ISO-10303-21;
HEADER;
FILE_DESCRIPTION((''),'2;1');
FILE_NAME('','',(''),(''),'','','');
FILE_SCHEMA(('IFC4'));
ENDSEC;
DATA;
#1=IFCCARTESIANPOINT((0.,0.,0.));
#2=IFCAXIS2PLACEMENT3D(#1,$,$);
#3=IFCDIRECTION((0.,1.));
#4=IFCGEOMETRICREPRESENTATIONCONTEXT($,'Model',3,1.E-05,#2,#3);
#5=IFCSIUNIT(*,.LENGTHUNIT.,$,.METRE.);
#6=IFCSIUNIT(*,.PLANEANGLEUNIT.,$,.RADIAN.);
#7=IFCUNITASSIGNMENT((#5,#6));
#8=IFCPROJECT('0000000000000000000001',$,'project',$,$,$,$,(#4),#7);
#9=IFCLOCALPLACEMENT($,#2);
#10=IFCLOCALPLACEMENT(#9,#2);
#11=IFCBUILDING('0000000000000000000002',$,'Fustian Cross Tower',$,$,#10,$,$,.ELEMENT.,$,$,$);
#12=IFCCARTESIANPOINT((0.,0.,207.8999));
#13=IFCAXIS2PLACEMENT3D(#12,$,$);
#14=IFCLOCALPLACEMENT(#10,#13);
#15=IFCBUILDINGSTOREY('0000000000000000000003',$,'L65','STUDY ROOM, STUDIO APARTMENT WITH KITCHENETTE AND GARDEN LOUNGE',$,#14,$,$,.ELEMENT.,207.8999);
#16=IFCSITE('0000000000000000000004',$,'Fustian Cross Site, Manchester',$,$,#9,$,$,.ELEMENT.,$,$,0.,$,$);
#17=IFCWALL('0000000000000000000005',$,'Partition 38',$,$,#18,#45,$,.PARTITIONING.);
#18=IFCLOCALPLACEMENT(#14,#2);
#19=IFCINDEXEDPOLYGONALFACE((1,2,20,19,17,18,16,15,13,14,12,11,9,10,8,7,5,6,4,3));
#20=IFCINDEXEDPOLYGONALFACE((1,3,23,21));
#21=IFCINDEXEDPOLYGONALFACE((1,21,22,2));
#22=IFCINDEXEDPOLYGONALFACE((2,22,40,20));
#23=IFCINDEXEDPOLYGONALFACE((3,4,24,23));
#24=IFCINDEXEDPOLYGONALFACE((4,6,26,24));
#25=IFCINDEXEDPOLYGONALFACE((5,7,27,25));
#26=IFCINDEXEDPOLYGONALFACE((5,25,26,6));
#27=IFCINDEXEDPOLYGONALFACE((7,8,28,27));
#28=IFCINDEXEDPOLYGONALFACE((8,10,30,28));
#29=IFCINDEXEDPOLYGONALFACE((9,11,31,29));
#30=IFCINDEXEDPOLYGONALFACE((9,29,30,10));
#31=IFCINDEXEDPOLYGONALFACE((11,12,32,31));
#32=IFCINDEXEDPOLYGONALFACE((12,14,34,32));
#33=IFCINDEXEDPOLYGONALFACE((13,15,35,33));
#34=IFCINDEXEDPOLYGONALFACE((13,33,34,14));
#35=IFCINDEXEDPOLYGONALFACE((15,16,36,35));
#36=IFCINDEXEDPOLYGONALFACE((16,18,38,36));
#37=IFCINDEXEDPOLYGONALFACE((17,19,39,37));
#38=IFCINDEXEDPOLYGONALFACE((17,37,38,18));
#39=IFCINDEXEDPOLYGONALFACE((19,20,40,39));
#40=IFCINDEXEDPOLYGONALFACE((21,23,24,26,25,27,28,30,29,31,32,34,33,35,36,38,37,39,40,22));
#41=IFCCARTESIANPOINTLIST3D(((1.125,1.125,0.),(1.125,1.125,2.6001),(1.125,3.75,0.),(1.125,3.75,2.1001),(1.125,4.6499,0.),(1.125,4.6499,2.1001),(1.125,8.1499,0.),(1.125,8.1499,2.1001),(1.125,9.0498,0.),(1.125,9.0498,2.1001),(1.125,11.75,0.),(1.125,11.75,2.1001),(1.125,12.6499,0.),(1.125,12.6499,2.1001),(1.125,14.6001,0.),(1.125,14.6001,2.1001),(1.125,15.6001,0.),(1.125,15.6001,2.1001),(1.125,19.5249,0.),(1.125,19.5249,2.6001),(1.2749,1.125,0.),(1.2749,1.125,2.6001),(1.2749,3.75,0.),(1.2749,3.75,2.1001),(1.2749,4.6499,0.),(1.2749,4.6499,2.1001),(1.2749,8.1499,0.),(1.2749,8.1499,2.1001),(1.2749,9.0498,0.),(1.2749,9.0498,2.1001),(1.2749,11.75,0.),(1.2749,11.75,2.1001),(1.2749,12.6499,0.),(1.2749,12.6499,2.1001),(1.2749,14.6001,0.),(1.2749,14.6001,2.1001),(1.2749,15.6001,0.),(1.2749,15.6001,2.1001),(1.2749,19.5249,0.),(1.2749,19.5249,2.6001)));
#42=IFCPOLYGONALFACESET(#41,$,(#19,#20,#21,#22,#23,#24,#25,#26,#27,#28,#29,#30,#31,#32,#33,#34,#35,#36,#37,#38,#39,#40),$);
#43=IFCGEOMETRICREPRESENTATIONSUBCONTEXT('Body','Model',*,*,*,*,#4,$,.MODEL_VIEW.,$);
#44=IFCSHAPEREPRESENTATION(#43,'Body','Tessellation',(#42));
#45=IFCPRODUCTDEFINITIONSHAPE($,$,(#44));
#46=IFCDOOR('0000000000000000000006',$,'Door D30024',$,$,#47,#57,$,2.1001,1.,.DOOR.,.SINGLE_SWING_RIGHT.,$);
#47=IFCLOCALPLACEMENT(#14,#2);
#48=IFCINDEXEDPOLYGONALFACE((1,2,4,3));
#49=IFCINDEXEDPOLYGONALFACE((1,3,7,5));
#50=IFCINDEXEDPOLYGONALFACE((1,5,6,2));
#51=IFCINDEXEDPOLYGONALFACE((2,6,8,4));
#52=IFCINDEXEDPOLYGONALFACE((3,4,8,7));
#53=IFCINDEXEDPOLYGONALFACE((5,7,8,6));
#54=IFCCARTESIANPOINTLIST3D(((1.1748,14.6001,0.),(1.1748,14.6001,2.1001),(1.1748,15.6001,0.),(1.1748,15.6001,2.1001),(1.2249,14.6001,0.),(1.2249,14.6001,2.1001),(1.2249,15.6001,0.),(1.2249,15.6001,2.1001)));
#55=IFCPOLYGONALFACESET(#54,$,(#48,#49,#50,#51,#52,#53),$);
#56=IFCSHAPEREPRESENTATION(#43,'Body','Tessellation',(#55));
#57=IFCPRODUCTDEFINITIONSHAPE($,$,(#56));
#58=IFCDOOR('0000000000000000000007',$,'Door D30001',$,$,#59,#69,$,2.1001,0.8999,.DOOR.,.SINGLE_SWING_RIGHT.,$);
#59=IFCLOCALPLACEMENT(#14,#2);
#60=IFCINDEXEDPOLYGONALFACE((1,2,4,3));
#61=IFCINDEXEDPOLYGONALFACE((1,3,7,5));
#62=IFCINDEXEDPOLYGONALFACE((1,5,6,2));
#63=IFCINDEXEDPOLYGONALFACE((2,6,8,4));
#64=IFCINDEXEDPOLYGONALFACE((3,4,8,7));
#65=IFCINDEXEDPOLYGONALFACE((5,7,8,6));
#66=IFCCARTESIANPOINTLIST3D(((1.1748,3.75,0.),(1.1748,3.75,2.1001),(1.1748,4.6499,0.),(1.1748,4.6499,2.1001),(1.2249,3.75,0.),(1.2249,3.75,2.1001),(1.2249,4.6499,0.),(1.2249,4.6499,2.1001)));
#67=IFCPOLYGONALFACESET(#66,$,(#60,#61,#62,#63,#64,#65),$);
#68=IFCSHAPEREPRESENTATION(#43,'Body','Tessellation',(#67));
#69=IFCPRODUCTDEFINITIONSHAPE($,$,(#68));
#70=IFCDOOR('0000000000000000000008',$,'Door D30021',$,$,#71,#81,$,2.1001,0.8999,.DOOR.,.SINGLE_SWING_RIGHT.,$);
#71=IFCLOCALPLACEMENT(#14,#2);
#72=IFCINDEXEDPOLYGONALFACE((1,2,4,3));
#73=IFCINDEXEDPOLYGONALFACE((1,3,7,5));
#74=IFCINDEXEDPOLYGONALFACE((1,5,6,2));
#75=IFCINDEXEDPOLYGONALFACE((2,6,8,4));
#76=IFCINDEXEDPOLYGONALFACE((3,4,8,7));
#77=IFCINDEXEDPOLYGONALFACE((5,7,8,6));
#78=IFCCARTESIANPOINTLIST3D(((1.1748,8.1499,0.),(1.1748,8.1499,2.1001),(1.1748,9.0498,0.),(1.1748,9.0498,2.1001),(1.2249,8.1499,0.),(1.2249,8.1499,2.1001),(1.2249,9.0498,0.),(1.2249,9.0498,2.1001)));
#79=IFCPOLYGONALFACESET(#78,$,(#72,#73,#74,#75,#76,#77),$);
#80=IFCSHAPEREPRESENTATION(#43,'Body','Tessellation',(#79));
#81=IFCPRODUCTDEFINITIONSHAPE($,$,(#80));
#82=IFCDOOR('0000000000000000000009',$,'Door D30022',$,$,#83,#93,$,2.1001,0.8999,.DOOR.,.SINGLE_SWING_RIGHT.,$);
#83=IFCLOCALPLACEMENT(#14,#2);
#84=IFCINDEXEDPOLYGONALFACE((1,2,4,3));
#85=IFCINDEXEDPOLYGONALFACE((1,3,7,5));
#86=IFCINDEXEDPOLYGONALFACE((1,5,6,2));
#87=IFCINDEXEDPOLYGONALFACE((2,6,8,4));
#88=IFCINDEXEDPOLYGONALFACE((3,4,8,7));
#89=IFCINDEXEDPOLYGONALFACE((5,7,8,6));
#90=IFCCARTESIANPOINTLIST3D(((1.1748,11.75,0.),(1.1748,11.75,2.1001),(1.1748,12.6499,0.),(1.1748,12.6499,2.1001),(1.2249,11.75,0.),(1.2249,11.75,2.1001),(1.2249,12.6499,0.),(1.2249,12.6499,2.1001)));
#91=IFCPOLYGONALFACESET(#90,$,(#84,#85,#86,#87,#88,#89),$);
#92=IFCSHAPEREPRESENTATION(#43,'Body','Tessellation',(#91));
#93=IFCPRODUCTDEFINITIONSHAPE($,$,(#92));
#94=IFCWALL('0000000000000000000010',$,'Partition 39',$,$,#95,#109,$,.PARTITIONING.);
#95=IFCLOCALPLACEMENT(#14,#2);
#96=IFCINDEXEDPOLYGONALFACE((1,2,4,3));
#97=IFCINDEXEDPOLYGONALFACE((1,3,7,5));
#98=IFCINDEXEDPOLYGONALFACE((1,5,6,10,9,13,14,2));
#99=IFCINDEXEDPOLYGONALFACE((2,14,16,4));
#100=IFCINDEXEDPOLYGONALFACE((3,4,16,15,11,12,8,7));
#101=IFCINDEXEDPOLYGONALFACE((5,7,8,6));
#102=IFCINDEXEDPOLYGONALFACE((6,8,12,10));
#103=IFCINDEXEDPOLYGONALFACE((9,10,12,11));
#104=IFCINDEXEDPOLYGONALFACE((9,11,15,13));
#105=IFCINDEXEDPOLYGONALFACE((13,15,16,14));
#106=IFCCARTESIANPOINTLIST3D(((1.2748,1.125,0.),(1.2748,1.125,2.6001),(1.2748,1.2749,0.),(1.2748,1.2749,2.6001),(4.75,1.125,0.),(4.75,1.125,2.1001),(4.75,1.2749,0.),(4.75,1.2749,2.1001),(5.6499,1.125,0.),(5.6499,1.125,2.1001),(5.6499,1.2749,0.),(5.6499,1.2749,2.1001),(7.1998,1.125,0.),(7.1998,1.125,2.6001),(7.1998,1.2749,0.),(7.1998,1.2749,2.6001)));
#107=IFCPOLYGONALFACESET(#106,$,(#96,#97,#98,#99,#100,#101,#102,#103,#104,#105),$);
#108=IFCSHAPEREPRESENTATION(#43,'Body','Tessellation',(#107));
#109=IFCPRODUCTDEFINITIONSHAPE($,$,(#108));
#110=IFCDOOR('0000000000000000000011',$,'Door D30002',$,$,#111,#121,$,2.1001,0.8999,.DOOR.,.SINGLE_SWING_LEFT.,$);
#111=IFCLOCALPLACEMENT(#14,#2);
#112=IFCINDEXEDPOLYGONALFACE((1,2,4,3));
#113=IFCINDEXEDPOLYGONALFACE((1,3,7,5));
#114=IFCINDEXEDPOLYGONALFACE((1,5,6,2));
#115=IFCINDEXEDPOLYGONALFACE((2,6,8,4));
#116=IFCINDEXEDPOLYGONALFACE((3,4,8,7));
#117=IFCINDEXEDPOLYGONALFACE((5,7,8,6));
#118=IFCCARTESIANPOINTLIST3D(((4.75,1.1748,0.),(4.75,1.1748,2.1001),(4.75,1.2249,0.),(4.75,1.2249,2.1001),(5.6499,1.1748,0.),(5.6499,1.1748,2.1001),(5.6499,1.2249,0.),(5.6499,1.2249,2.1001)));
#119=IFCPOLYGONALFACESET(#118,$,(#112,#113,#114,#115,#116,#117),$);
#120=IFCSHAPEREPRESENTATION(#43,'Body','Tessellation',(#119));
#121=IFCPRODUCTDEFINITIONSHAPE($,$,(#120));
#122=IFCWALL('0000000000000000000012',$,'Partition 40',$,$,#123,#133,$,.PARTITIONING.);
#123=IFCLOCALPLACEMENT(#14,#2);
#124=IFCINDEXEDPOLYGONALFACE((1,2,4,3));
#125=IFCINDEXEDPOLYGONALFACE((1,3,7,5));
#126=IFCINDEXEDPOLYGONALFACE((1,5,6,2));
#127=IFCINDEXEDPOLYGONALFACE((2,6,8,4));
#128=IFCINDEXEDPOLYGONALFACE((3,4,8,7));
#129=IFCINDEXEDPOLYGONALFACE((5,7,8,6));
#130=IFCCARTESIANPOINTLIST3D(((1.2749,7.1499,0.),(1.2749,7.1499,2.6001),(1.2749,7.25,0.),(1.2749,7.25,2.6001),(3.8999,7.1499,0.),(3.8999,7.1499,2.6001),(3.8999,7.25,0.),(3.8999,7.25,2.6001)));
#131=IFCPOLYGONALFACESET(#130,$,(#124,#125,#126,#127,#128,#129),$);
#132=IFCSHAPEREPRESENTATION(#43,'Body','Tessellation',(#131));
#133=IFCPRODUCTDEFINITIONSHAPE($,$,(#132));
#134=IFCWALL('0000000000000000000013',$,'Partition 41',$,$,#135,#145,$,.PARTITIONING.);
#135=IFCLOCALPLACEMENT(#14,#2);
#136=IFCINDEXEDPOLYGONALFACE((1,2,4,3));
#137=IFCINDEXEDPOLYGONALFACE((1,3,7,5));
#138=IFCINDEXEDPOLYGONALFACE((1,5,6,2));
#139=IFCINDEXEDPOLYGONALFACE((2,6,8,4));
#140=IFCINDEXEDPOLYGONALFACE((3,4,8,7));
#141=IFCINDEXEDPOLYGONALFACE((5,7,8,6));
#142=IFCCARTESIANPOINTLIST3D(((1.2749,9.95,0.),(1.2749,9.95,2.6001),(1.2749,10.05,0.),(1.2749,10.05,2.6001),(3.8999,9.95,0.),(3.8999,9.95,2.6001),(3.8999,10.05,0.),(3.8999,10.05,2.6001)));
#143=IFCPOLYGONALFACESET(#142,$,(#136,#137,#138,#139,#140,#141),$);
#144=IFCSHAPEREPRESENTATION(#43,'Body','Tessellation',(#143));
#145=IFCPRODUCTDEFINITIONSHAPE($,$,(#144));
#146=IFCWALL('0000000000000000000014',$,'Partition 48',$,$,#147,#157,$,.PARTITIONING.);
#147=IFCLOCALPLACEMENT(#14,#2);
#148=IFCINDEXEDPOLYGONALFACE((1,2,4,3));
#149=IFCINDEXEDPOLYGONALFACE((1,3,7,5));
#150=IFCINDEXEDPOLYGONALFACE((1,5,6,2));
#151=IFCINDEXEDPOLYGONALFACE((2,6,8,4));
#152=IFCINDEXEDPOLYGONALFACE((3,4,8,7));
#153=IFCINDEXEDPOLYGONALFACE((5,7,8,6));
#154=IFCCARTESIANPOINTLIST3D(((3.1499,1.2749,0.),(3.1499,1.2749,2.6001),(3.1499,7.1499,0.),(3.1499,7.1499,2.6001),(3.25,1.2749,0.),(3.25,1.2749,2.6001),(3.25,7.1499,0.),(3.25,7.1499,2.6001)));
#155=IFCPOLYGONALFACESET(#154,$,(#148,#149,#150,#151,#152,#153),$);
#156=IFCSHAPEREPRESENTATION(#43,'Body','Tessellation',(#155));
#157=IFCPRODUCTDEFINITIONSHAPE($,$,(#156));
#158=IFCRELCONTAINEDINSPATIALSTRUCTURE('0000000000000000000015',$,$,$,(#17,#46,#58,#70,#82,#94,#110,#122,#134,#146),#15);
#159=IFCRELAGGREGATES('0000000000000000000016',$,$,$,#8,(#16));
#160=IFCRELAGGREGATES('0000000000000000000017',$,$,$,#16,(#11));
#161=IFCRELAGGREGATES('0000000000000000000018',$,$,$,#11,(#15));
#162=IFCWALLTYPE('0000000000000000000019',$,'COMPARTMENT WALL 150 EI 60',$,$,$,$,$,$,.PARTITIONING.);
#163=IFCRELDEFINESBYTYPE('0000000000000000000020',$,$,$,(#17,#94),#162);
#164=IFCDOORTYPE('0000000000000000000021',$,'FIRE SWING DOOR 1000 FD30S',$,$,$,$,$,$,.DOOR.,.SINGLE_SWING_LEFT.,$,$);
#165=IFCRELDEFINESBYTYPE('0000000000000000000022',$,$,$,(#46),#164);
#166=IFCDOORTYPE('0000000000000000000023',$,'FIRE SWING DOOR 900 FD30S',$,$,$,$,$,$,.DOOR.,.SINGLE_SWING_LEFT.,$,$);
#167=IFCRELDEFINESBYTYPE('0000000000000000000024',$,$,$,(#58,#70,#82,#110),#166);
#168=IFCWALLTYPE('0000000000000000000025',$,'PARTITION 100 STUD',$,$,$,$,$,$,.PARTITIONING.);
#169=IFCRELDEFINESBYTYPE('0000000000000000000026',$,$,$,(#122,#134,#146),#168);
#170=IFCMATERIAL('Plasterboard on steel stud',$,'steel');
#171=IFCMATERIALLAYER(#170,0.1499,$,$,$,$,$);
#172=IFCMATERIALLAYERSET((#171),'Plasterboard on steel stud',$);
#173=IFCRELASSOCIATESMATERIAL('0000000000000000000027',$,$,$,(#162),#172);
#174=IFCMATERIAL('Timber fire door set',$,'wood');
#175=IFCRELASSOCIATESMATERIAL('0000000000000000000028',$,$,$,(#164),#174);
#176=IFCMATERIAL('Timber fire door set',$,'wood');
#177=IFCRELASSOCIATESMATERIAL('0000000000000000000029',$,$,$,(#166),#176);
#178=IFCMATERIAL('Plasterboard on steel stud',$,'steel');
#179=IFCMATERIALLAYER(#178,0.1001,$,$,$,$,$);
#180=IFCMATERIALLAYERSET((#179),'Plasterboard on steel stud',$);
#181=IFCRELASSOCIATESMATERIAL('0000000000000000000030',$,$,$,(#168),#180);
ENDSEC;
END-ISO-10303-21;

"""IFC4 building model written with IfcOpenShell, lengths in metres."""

from ifc_helpers import new_model, si_unit, direction, frame, frame_2d, origin, place, context, subcontext, project, spatial, rectangle, extrude, material, layer, layer_set, type_object, element, fill, save


model = new_model("IFC4")

# Units and contexts
model_context = context("Model", 3, precision=1e-05, world=origin(), true_north=direction((0.0, 1.0)))
body_context = subcontext(model_context, "Body", "Model", "MODEL_VIEW")
ifc_project = project(units=[si_unit("LENGTHUNIT", "METRE"), si_unit("PLANEANGLEUNIT", "RADIAN")], contexts=[model_context])

# Site, building, storey
site_placement = place(None, origin())
site = spatial("IfcSite", under=ifc_project, at=site_placement, Name="Fustian Cross Site, Manchester", CompositionType="ELEMENT", RefElevation=0.0)
building_placement = place(site_placement, origin())
building = spatial("IfcBuilding", under=site, at=building_placement, Name="Fustian Cross Tower", CompositionType="ELEMENT")
storey_placement = place(building_placement, frame((0.0, 0.0, 207.8999)))
storey = spatial("IfcBuildingStorey", under=building, at=storey_placement, Name="L65", Description="STUDY ROOM, STUDIO APARTMENT WITH KITCHENETTE AND GARDEN LOUNGE", CompositionType="ELEMENT", Elevation=207.8999)

# Wall, openings, doors
ifc_material_1 = material(Name="Plasterboard on steel stud", Category="steel")
ifc_layer_1 = layer(ifc_material_1, 0.1499)
ifc_layer_set_1 = layer_set([ifc_layer_1], Name="Plasterboard on steel stud")
wall_type_1 = type_object("IfcWallType", Name="COMPARTMENT WALL 150 EI 60", PredefinedType="PARTITIONING", material=ifc_layer_set_1)
wall_1_placement = place(storey_placement, frame((1.2, 1.125, 0.0), z_axis=(0.0, 0.0, 1.0), x_axis=(0.0, 1.0, 0.0)))
wall_1 = element("IfcWall", 1, at=wall_1_placement, inside=storey, type_object=wall_type_1, Name="Partition 38", PredefinedType="PARTITIONING", context=body_context, shape_type="SweptSolid", body=[
    extrude(rectangle(XDim=18.3999, YDim=0.1499, at=frame_2d((9.2, 0.0))), origin(), (0.0, 0.0, 1.0), 2.6001),
])
opening_1_placement = place(wall_1_placement, frame((2.625, 0.0, 0.0)))
opening_1 = element("IfcOpeningElement", 2, at=opening_1_placement, cuts=wall_1, PredefinedType="OPENING", context=body_context, shape_type="SweptSolid", body=[
    extrude(rectangle(XDim=0.8999, YDim=2.1001, at=frame_2d((0.45, 1.05))), frame((0.0, 0.085, 0.0), z_axis=(0.0, -1.0, 0.0), x_axis=(1.0, 0.0, 0.0)), (0.0, 0.0, 1.0), 0.1699),
])
opening_2_placement = place(wall_1_placement, frame((7.0249, 0.0, 0.0)))
opening_2 = element("IfcOpeningElement", 3, at=opening_2_placement, cuts=wall_1, PredefinedType="OPENING", context=body_context, shape_type="SweptSolid", body=[
    extrude(rectangle(XDim=0.8999, YDim=2.1001, at=frame_2d((0.45, 1.05))), frame((0.0, 0.085, 0.0), z_axis=(0.0, -1.0, 0.0), x_axis=(1.0, 0.0, 0.0)), (0.0, 0.0, 1.0), 0.1699),
])
opening_3_placement = place(wall_1_placement, frame((10.625, 0.0, 0.0)))
opening_3 = element("IfcOpeningElement", 4, at=opening_3_placement, cuts=wall_1, PredefinedType="OPENING", context=body_context, shape_type="SweptSolid", body=[
    extrude(rectangle(XDim=0.8999, YDim=2.1001, at=frame_2d((0.45, 1.05))), frame((0.0, 0.085, 0.0), z_axis=(0.0, -1.0, 0.0), x_axis=(1.0, 0.0, 0.0)), (0.0, 0.0, 1.0), 0.1699),
])
opening_4_placement = place(wall_1_placement, frame((13.4751, 0.0, 0.0)))
opening_4 = element("IfcOpeningElement", 5, at=opening_4_placement, cuts=wall_1, PredefinedType="OPENING", context=body_context, shape_type="SweptSolid", body=[
    extrude(rectangle(XDim=1.0, YDim=2.1001, at=frame_2d((0.5, 1.05))), frame((0.0, 0.085, 0.0), z_axis=(0.0, -1.0, 0.0), x_axis=(1.0, 0.0, 0.0)), (0.0, 0.0, 1.0), 0.1699),
])
ifc_material_2 = material(Name="Timber fire door set", Category="wood")
door_type_1 = type_object("IfcDoorType", Name="FIRE SWING DOOR 1000 FD30S", OperationType="SINGLE_SWING_LEFT", PredefinedType="DOOR", material=ifc_material_2)
door_1_placement = place(opening_4_placement, frame((1.0, 0.0, 0.0), z_axis=(0.0, 0.0, 1.0), x_axis=(-1.0, 0.0, 0.0)))
door_1 = element("IfcDoor", 6, at=door_1_placement, inside=storey, type_object=door_type_1, Name="Door D30024", OperationType="SINGLE_SWING_RIGHT", OverallHeight=2.1001, OverallWidth=1.0, PredefinedType="DOOR", context=body_context, shape_type="SweptSolid", body=[
    extrude(rectangle(XDim=1.0, YDim=2.1001, at=frame_2d((0.5, 1.05))), frame((0.0, 0.0249, 0.0), z_axis=(0.0, -1.0, 0.0), x_axis=(1.0, 0.0, 0.0)), (0.0, 0.0, 1.0), 0.05),
])
fill(opening_4, door_1)
ifc_material_3 = material(Name="Timber fire door set", Category="wood")
door_type_2 = type_object("IfcDoorType", Name="FIRE SWING DOOR 900 FD30S", OperationType="SINGLE_SWING_LEFT", PredefinedType="DOOR", material=ifc_material_3)
door_2_placement = place(opening_1_placement, frame((0.8999, 0.0, 0.0), z_axis=(0.0, 0.0, 1.0), x_axis=(-1.0, 0.0, 0.0)))
door_2 = element("IfcDoor", 7, at=door_2_placement, inside=storey, type_object=door_type_2, Name="Door D30001", OperationType="SINGLE_SWING_RIGHT", OverallHeight=2.1001, OverallWidth=0.8999, PredefinedType="DOOR", context=body_context, shape_type="SweptSolid", body=[
    extrude(rectangle(XDim=0.8999, YDim=2.1001, at=frame_2d((0.45, 1.05))), frame((0.0, 0.0249, 0.0), z_axis=(0.0, -1.0, 0.0), x_axis=(1.0, 0.0, 0.0)), (0.0, 0.0, 1.0), 0.05),
])
fill(opening_1, door_2)
door_3_placement = place(opening_2_placement, frame((0.8999, 0.0, 0.0), z_axis=(0.0, 0.0, 1.0), x_axis=(-1.0, 0.0, 0.0)))
door_3 = element("IfcDoor", 8, at=door_3_placement, inside=storey, type_object=door_type_2, Name="Door D30021", OperationType="SINGLE_SWING_RIGHT", OverallHeight=2.1001, OverallWidth=0.8999, PredefinedType="DOOR", context=body_context, shape_type="SweptSolid", body=[
    extrude(rectangle(XDim=0.8999, YDim=2.1001, at=frame_2d((0.45, 1.05))), frame((0.0, 0.0249, 0.0), z_axis=(0.0, -1.0, 0.0), x_axis=(1.0, 0.0, 0.0)), (0.0, 0.0, 1.0), 0.05),
])
fill(opening_2, door_3)
door_4_placement = place(opening_3_placement, frame((0.8999, 0.0, 0.0), z_axis=(0.0, 0.0, 1.0), x_axis=(-1.0, 0.0, 0.0)))
door_4 = element("IfcDoor", 9, at=door_4_placement, inside=storey, type_object=door_type_2, Name="Door D30022", OperationType="SINGLE_SWING_RIGHT", OverallHeight=2.1001, OverallWidth=0.8999, PredefinedType="DOOR", context=body_context, shape_type="SweptSolid", body=[
    extrude(rectangle(XDim=0.8999, YDim=2.1001, at=frame_2d((0.45, 1.05))), frame((0.0, 0.0249, 0.0), z_axis=(0.0, -1.0, 0.0), x_axis=(1.0, 0.0, 0.0)), (0.0, 0.0, 1.0), 0.05),
])
fill(opening_3, door_4)

# Wall, opening, door
wall_2_placement = place(storey_placement, frame((1.2749, 1.2, 0.0), z_axis=(0.0, 0.0, 1.0), x_axis=(1.0, 0.0, 0.0)))
wall_2 = element("IfcWall", 10, at=wall_2_placement, inside=storey, type_object=wall_type_1, Name="Partition 39", PredefinedType="PARTITIONING", context=body_context, shape_type="SweptSolid", body=[
    extrude(rectangle(XDim=5.925, YDim=0.1499, at=frame_2d((2.9624, 0.0))), origin(), (0.0, 0.0, 1.0), 2.6001),
])
opening_5_placement = place(wall_2_placement, frame((3.4751, 0.0, 0.0)))
opening_5 = element("IfcOpeningElement", 11, at=opening_5_placement, cuts=wall_2, PredefinedType="OPENING", context=body_context, shape_type="SweptSolid", body=[
    extrude(rectangle(XDim=0.8999, YDim=2.1001, at=frame_2d((0.45, 1.05))), frame((0.0, 0.085, 0.0), z_axis=(0.0, -1.0, 0.0), x_axis=(1.0, 0.0, 0.0)), (0.0, 0.0, 1.0), 0.1699),
])
door_5_placement = place(opening_5_placement, origin())
door_5 = element("IfcDoor", 12, at=door_5_placement, inside=storey, type_object=door_type_2, Name="Door D30002", OperationType="SINGLE_SWING_LEFT", OverallHeight=2.1001, OverallWidth=0.8999, PredefinedType="DOOR", context=body_context, shape_type="SweptSolid", body=[
    extrude(rectangle(XDim=0.8999, YDim=2.1001, at=frame_2d((0.45, 1.05))), frame((0.0, 0.0249, 0.0), z_axis=(0.0, -1.0, 0.0), x_axis=(1.0, 0.0, 0.0)), (0.0, 0.0, 1.0), 0.05),
])
fill(opening_5, door_5)

# Walls
ifc_material_4 = material(Name="Plasterboard on steel stud", Category="steel")
ifc_layer_2 = layer(ifc_material_4, 0.1001)
ifc_layer_set_2 = layer_set([ifc_layer_2], Name="Plasterboard on steel stud")
wall_type_2 = type_object("IfcWallType", Name="PARTITION 100 STUD", PredefinedType="PARTITIONING", material=ifc_layer_set_2)
for number, where, z_axis, x_axis, name in (
    (13, (1.2749, 7.2, 0.0), (0.0, 0.0, 1.0), (1.0, 0.0, 0.0), "Partition 40"),
    (14, (1.2749, 10.0, 0.0), (0.0, 0.0, 1.0), (1.0, 0.0, 0.0), "Partition 41"),
):
    element("IfcWall", number, at=place(storey_placement, frame(where, z_axis=z_axis, x_axis=x_axis)), inside=storey, type_object=wall_type_2, Name=name, PredefinedType="PARTITIONING", context=body_context, shape_type="SweptSolid", body=[
        extrude(rectangle(XDim=2.625, YDim=0.1001, at=frame_2d((1.3125, 0.0))), origin(), (0.0, 0.0, 1.0), 2.6001),
    ])
wall_3_placement = place(storey_placement, frame((3.2, 1.2749, 0.0), z_axis=(0.0, 0.0, 1.0), x_axis=(0.0, 1.0, 0.0)))
element("IfcWall", 15, at=wall_3_placement, inside=storey, type_object=wall_type_2, Name="Partition 48", PredefinedType="PARTITIONING", context=body_context, shape_type="SweptSolid", body=[
    extrude(rectangle(XDim=5.875, YDim=0.1001, at=frame_2d((2.9375, 0.0))), origin(), (0.0, 0.0, 1.0), 2.6001),
])

save(model, "model.ifc")
